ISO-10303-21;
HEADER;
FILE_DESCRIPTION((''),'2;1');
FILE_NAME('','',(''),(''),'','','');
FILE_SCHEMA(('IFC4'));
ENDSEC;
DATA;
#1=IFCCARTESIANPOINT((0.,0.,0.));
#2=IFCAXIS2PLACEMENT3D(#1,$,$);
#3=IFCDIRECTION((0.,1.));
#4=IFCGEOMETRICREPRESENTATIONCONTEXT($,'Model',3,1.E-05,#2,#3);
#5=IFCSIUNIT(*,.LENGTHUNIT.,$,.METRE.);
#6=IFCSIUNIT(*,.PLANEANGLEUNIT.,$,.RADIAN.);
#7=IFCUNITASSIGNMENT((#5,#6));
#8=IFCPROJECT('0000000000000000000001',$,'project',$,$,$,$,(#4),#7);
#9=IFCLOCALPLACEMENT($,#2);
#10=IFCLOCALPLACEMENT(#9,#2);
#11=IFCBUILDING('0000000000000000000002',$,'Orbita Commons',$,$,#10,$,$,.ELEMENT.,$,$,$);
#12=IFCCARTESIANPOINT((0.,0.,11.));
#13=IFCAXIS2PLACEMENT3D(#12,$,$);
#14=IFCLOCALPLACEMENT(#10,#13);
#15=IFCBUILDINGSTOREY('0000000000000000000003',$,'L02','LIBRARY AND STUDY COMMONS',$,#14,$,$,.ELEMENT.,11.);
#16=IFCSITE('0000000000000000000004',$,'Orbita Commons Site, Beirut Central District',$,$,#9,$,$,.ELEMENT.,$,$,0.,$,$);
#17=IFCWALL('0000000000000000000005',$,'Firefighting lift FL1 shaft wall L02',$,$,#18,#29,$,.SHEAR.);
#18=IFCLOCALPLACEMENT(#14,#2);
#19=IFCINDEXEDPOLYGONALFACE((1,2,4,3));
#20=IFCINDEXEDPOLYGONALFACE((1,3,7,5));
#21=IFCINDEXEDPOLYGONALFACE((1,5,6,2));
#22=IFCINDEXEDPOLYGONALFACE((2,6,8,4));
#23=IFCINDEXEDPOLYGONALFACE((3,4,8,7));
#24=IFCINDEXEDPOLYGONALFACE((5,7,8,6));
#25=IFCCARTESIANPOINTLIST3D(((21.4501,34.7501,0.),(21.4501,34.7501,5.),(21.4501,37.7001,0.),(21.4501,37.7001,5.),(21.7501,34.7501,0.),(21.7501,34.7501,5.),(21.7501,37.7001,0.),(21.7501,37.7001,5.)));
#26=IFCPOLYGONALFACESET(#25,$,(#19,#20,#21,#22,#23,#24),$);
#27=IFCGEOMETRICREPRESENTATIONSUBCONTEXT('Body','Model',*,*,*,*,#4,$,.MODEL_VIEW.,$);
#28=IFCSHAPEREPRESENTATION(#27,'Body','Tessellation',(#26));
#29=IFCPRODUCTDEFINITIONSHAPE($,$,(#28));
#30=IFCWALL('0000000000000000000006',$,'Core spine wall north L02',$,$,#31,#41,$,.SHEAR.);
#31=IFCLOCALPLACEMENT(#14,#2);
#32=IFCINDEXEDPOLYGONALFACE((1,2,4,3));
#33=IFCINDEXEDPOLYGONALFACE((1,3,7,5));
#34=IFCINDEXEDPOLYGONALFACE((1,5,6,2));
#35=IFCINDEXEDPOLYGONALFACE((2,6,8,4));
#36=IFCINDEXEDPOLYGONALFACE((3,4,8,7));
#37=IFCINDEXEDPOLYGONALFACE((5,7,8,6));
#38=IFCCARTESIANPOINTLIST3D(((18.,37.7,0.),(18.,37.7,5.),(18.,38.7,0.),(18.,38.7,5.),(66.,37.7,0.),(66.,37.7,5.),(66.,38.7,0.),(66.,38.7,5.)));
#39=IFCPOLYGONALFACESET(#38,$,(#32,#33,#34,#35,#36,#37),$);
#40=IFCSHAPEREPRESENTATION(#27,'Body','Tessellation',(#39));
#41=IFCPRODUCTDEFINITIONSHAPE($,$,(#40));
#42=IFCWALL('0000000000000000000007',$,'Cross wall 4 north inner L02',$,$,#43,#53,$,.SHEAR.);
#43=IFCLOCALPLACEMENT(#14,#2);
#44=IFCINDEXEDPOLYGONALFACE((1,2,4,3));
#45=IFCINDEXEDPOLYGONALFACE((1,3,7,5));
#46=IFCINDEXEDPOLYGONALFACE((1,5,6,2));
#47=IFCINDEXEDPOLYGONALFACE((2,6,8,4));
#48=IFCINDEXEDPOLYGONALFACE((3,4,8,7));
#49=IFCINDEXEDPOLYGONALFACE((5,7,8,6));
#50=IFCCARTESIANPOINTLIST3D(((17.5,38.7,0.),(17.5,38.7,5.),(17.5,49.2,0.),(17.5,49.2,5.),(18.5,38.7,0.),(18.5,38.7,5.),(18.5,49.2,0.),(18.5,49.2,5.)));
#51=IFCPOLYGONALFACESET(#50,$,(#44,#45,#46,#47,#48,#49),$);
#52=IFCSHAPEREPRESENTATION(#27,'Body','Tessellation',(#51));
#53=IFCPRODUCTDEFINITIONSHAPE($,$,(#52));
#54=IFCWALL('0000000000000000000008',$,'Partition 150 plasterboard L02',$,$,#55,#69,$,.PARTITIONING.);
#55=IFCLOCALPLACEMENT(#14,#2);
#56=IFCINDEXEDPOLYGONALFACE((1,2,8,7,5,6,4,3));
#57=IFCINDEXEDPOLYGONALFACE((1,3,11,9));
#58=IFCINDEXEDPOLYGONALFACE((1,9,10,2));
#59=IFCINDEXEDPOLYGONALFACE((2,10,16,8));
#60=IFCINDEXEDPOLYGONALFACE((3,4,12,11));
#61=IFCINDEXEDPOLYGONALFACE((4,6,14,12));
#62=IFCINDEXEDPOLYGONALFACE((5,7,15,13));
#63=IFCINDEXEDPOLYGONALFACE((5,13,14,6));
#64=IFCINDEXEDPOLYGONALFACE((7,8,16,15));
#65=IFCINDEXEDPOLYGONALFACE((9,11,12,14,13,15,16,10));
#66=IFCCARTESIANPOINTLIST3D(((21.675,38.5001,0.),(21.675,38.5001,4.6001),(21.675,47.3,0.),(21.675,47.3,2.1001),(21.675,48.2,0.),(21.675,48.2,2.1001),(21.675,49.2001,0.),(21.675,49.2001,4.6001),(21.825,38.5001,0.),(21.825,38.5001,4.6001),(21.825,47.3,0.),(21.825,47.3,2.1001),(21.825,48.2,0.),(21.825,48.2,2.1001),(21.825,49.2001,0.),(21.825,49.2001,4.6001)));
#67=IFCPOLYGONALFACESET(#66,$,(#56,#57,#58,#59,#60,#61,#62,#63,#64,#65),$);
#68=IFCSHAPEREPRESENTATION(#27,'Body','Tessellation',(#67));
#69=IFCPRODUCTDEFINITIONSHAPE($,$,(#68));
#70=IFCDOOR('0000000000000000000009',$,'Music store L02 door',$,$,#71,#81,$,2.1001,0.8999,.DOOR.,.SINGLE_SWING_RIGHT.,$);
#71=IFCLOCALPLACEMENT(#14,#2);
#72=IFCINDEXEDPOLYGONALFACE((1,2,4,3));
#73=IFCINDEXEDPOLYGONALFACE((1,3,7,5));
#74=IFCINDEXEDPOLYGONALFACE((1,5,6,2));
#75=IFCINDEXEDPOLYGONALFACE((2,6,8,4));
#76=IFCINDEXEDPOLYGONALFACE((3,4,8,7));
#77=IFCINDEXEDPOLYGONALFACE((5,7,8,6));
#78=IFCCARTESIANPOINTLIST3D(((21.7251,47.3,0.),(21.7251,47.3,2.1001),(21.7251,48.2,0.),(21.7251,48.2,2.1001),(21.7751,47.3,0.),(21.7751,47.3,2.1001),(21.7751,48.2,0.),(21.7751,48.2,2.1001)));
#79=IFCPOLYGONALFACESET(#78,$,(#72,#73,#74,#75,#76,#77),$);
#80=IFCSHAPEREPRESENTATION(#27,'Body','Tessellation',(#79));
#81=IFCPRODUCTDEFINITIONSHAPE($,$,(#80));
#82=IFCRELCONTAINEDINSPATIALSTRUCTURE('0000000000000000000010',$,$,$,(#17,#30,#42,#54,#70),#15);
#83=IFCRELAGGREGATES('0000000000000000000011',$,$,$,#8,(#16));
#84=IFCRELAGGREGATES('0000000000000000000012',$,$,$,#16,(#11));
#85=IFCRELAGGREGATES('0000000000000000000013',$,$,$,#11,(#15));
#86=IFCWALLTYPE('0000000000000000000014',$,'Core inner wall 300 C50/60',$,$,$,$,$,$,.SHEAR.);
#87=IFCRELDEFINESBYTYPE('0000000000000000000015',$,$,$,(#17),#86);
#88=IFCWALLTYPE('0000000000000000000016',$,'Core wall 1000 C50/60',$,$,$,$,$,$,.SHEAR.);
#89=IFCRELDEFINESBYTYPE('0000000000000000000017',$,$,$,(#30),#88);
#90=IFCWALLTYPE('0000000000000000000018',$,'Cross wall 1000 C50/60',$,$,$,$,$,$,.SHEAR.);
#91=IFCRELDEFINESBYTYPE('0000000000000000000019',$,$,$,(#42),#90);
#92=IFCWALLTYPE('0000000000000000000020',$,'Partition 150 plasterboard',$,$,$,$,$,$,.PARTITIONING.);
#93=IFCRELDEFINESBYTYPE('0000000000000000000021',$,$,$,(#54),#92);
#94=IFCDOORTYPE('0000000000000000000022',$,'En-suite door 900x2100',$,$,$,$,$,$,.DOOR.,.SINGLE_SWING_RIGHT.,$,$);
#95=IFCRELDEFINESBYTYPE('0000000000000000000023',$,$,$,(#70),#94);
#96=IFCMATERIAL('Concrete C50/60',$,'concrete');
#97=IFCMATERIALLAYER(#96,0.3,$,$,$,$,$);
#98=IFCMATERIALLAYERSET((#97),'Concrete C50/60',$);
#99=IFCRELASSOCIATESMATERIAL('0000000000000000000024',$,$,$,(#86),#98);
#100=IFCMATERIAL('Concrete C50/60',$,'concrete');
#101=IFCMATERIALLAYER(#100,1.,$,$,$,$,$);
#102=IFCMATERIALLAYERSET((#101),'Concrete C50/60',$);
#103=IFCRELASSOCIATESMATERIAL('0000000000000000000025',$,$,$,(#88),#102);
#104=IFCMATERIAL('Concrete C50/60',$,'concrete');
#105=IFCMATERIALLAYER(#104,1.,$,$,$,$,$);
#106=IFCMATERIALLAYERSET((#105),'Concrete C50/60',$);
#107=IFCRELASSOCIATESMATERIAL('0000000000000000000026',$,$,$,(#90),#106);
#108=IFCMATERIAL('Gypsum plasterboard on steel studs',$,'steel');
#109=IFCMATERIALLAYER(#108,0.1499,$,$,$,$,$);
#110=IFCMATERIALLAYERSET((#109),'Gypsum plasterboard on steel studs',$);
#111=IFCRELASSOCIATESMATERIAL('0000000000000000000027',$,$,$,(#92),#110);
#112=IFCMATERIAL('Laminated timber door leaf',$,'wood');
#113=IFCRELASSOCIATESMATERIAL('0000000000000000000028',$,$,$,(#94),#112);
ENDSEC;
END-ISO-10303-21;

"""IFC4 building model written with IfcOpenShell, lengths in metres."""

from ifc_helpers import new_model, si_unit, direction, frame, frame_2d, origin, place, context, subcontext, project, spatial, rectangle, extrude, material, layer, layer_set, type_object, element, fill, save


model = new_model("IFC4")

# Units and contexts
model_context = context("Model", 3, precision=1e-05, world=origin(), true_north=direction((0.0, 1.0)))
body_context = subcontext(model_context, "Body", "Model", "MODEL_VIEW")
ifc_project = project(units=[si_unit("LENGTHUNIT", "METRE"), si_unit("PLANEANGLEUNIT", "RADIAN")], contexts=[model_context])

# Site, building, storey
site_placement = place(None, origin())
site = spatial("IfcSite", under=ifc_project, at=site_placement, Name="Orbita Commons Site, Beirut Central District", CompositionType="ELEMENT", RefElevation=0.0)
building_placement = place(site_placement, origin())
building = spatial("IfcBuilding", under=site, at=building_placement, Name="Orbita Commons", CompositionType="ELEMENT")
storey_placement = place(building_placement, frame((0.0, 0.0, 11.0)))
storey = spatial("IfcBuildingStorey", under=building, at=storey_placement, Name="L02", Description="LIBRARY AND STUDY COMMONS", CompositionType="ELEMENT", Elevation=11.0)

# Walls
ifc_material_1 = material(Name="Concrete C50/60", Category="concrete")
ifc_layer_1 = layer(ifc_material_1, 0.3)
ifc_layer_set_1 = layer_set([ifc_layer_1], Name="Concrete C50/60")
wall_type_1 = type_object("IfcWallType", Name="Core inner wall 300 C50/60", PredefinedType="SHEAR", material=ifc_layer_set_1)
wall_1_placement = place(storey_placement, frame((21.6001, 34.75, 0.0), z_axis=(0.0, 0.0, 1.0), x_axis=(0.0, 1.0, 0.0)))
element("IfcWall", 1, at=wall_1_placement, inside=storey, type_object=wall_type_1, Name="Firefighting lift FL1 shaft wall L02", PredefinedType="SHEAR", context=body_context, shape_type="SweptSolid", body=[
    extrude(rectangle(XDim=2.95, YDim=0.3, at=frame_2d((1.4751, 0.0))), origin(), (0.0, 0.0, 1.0), 5.0),
])
ifc_material_2 = material(Name="Concrete C50/60", Category="concrete")
ifc_layer_2 = layer(ifc_material_2, 1.0)
ifc_layer_set_2 = layer_set([ifc_layer_2], Name="Concrete C50/60")
wall_type_2 = type_object("IfcWallType", Name="Core wall 1000 C50/60", PredefinedType="SHEAR", material=ifc_layer_set_2)
wall_2_placement = place(storey_placement, frame((18.0, 38.2, 0.0), z_axis=(0.0, 0.0, 1.0), x_axis=(1.0, 0.0, 0.0)))
element("IfcWall", 2, at=wall_2_placement, inside=storey, type_object=wall_type_2, Name="Core spine wall north L02", PredefinedType="SHEAR", context=body_context, shape_type="SweptSolid", body=[
    extrude(rectangle(XDim=48.0, YDim=1.0, at=frame_2d((24.0, 0.0))), origin(), (0.0, 0.0, 1.0), 5.0),
])
ifc_material_3 = material(Name="Concrete C50/60", Category="concrete")
ifc_layer_3 = layer(ifc_material_3, 1.0)
ifc_layer_set_3 = layer_set([ifc_layer_3], Name="Concrete C50/60")
wall_type_3 = type_object("IfcWallType", Name="Cross wall 1000 C50/60", PredefinedType="SHEAR", material=ifc_layer_set_3)
wall_3_placement = place(storey_placement, frame((18.0, 38.7, 0.0), z_axis=(0.0, 0.0, 1.0), x_axis=(0.0, 1.0, 0.0)))
element("IfcWall", 3, at=wall_3_placement, inside=storey, type_object=wall_type_3, Name="Cross wall 4 north inner L02", PredefinedType="SHEAR", context=body_context, shape_type="SweptSolid", body=[
    extrude(rectangle(XDim=10.5, YDim=1.0, at=frame_2d((5.25, 0.0))), origin(), (0.0, 0.0, 1.0), 5.0),
])

# Wall, opening, door
ifc_material_4 = material(Name="Gypsum plasterboard on steel studs", Category="steel")
ifc_layer_4 = layer(ifc_material_4, 0.1499)
ifc_layer_set_4 = layer_set([ifc_layer_4], Name="Gypsum plasterboard on steel studs")
wall_type_4 = type_object("IfcWallType", Name="Partition 150 plasterboard", PredefinedType="PARTITIONING", material=ifc_layer_set_4)
wall_4_placement = place(storey_placement, frame((21.75, 38.5, 0.0), z_axis=(0.0, 0.0, 1.0), x_axis=(0.0, 1.0, 0.0)))
wall_4 = element("IfcWall", 4, at=wall_4_placement, inside=storey, type_object=wall_type_4, Name="Partition 150 plasterboard L02", PredefinedType="PARTITIONING", context=body_context, shape_type="SweptSolid", body=[
    extrude(rectangle(XDim=10.7, YDim=0.1499, at=frame_2d((5.3501, 0.0))), origin(), (0.0, 0.0, 1.0), 4.6001),
])
opening_placement = place(wall_4_placement, frame((8.8, 0.0, 0.0)))
opening = element("IfcOpeningElement", 5, at=opening_placement, cuts=wall_4, PredefinedType="OPENING", context=body_context, shape_type="SweptSolid", body=[
    extrude(rectangle(XDim=0.8999, YDim=2.1001, at=frame_2d((0.45, 1.05))), frame((0.0, 0.085, 0.0), z_axis=(0.0, -1.0, 0.0), x_axis=(1.0, 0.0, 0.0)), (0.0, 0.0, 1.0), 0.1699),
])
ifc_material_5 = material(Name="Laminated timber door leaf", Category="wood")
door_type = type_object("IfcDoorType", Name="En-suite door 900x2100", OperationType="SINGLE_SWING_RIGHT", PredefinedType="DOOR", material=ifc_material_5)
door_placement = place(opening_placement, origin())
door = element("IfcDoor", 6, at=door_placement, inside=storey, type_object=door_type, Name="Music store L02 door", OperationType="SINGLE_SWING_RIGHT", OverallHeight=2.1001, OverallWidth=0.8999, PredefinedType="DOOR", context=body_context, shape_type="SweptSolid", body=[
    extrude(rectangle(XDim=0.8999, YDim=2.1001, at=frame_2d((0.45, 1.05))), frame((0.0, 0.0249, 0.0), z_axis=(0.0, -1.0, 0.0), x_axis=(1.0, 0.0, 0.0)), (0.0, 0.0, 1.0), 0.05),
])
fill(opening, door)

save(model, "model.ifc")
